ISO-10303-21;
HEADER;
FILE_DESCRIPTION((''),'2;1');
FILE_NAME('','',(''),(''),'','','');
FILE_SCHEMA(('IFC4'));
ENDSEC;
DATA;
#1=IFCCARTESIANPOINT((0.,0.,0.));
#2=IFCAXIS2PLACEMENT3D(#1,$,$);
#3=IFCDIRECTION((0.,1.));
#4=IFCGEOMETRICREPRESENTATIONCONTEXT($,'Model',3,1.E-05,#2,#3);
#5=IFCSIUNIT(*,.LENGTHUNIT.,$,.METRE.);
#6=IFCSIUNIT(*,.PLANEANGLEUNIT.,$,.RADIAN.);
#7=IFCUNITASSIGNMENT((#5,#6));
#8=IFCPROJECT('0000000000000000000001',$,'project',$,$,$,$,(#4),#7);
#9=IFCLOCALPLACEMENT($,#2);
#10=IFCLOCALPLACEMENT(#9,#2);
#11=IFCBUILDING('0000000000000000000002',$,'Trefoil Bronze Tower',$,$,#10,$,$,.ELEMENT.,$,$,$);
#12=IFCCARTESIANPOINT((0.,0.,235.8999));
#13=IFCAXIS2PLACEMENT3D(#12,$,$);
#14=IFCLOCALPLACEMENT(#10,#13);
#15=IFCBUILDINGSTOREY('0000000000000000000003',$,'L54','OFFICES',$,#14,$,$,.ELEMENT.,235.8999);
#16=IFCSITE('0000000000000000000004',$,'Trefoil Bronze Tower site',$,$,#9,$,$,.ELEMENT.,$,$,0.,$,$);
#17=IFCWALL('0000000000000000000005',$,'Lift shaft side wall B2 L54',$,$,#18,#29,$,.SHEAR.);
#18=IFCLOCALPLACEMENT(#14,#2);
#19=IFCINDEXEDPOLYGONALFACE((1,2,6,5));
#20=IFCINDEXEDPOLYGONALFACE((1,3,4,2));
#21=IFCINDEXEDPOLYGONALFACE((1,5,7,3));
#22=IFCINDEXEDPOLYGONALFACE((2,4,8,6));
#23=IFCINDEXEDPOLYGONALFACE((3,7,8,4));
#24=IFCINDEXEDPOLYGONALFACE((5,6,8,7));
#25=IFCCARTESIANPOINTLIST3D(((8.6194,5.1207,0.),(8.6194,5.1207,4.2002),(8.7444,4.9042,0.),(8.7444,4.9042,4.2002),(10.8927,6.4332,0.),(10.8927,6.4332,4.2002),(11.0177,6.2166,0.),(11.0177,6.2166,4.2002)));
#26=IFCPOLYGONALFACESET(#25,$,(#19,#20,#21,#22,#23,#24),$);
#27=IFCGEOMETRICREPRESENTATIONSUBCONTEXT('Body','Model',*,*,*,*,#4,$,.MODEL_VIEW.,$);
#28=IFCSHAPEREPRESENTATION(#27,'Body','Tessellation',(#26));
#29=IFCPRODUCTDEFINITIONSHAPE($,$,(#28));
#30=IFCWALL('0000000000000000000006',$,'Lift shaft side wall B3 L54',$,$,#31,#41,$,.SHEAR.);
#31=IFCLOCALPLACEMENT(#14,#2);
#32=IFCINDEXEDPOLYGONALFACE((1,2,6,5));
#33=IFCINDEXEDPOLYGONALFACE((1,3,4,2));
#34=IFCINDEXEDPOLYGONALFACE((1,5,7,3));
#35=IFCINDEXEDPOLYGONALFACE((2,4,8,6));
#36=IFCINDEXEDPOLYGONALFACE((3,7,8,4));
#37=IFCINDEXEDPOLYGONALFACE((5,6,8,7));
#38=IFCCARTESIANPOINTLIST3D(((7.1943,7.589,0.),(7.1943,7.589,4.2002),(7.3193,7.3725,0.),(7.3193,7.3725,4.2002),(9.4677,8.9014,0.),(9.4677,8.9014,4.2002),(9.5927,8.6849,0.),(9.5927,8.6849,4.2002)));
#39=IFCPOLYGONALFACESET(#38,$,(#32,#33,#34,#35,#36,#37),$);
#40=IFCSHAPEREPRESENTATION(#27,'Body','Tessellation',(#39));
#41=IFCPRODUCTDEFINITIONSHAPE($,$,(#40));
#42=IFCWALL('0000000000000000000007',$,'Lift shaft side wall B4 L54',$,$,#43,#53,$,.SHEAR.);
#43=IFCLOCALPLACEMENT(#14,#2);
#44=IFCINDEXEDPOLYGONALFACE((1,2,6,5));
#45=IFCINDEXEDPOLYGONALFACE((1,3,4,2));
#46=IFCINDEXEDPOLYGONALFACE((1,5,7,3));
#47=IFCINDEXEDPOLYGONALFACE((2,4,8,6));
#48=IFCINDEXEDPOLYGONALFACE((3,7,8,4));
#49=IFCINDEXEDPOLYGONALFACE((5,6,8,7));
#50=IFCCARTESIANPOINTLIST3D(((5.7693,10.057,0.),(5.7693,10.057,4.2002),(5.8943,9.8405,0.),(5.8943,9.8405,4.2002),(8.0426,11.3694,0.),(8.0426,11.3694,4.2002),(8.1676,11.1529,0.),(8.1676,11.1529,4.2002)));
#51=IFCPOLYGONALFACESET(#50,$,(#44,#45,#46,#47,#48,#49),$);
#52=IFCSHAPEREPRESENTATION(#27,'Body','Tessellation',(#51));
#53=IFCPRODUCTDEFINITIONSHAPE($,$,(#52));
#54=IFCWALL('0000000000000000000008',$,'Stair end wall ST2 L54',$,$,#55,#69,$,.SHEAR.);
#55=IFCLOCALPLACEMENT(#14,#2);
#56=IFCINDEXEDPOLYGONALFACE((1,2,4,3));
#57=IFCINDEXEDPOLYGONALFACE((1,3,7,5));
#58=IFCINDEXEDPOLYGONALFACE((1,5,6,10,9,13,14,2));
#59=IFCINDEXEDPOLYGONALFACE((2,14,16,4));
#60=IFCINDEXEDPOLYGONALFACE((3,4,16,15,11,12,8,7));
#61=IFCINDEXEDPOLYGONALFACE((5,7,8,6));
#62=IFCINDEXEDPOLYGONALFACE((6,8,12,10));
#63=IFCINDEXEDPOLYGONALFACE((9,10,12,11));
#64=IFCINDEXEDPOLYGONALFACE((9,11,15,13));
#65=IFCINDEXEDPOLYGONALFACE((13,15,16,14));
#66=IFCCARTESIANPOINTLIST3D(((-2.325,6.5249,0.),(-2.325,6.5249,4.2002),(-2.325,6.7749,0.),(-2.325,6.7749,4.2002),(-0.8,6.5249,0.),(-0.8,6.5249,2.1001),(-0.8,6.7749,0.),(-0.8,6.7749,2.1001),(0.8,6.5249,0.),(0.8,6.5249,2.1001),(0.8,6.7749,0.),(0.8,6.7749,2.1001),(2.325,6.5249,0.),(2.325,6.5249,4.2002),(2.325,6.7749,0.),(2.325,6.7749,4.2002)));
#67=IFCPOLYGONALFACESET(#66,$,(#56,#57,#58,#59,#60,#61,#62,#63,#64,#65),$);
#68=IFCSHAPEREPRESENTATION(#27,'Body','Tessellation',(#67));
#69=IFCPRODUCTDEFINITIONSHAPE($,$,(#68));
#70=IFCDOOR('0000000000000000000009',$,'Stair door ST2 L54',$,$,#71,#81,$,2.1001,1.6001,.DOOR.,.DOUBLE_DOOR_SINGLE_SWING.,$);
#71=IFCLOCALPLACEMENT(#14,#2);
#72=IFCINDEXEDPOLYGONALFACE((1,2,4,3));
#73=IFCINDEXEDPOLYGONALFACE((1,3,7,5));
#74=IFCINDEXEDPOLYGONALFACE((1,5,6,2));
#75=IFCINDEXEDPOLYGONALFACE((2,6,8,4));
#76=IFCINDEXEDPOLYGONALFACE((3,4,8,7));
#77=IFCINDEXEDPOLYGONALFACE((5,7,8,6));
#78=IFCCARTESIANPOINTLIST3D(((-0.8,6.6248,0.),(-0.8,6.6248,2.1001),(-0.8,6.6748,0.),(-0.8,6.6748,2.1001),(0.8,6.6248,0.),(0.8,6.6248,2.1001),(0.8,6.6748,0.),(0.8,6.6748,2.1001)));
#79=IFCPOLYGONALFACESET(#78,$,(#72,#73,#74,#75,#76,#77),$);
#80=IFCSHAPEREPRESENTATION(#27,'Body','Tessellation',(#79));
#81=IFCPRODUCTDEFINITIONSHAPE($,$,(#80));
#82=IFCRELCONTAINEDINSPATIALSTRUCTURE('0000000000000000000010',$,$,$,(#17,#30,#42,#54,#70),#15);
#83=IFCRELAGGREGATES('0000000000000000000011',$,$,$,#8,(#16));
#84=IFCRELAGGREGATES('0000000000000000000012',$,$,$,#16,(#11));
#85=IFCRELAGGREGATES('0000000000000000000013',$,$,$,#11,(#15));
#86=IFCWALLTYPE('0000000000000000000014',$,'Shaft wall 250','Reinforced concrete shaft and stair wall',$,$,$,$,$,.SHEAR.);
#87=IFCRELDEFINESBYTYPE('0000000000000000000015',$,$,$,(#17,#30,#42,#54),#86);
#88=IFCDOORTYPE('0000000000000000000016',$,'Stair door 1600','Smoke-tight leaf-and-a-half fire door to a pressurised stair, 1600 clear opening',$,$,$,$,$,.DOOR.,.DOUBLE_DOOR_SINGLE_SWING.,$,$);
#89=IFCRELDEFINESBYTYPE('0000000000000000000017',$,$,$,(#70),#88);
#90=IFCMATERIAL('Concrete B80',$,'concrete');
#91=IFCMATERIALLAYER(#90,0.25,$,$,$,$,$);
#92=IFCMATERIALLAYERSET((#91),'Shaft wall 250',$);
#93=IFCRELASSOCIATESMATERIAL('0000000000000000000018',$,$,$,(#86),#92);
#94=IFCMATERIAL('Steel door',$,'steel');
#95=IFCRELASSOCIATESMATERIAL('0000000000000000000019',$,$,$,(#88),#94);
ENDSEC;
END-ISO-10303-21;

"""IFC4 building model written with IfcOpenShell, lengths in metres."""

from ifc_helpers import new_model, si_unit, direction, frame, frame_2d, origin, place, context, subcontext, project, spatial, rectangle, extrude, material, layer, layer_set, type_object, element, fill, save


model = new_model("IFC4")

# Units and contexts
model_context = context("Model", 3, precision=1e-05, world=origin(), true_north=direction((0.0, 1.0)))
body_context = subcontext(model_context, "Body", "Model", "MODEL_VIEW")
ifc_project = project(units=[si_unit("LENGTHUNIT", "METRE"), si_unit("PLANEANGLEUNIT", "RADIAN")], contexts=[model_context])

# Site, building, storey
site_placement = place(None, origin())
site = spatial("IfcSite", under=ifc_project, at=site_placement, Name="Trefoil Bronze Tower site", CompositionType="ELEMENT", RefElevation=0.0)
building_placement = place(site_placement, origin())
building = spatial("IfcBuilding", under=site, at=building_placement, Name="Trefoil Bronze Tower", CompositionType="ELEMENT")
storey_placement = place(building_placement, frame((0.0, 0.0, 235.8999)))
storey = spatial("IfcBuildingStorey", under=building, at=storey_placement, Name="L54", Description="OFFICES", CompositionType="ELEMENT", Elevation=235.8999)

# Shared definitions
ifc_material_1 = material(Name="Concrete B80", Category="concrete")
ifc_layer_1 = layer(ifc_material_1, 0.25)
ifc_layer_set_1 = layer_set([ifc_layer_1], Name="Shaft wall 250")
wall_type_1 = type_object("IfcWallType", Name="Shaft wall 250", Description="Reinforced concrete shaft and stair wall", PredefinedType="SHEAR", material=ifc_layer_set_1)

# Walls
for number, where, z_axis, x_axis, name in (
    (1, (8.6819, 5.0125, 0.0), (0.0, 0.0, 1.0), (0.866037, 0.49998, 0.0), "Lift shaft side wall B2 L54"),
    (2, (7.2568, 7.4807, 0.0), (0.0, 0.0, 1.0), (0.866037, 0.49998, 0.0), "Lift shaft side wall B3 L54"),
    (3, (5.8318, 9.9487, 0.0), (0.0, 0.0, 1.0), (0.866037, 0.49998, 0.0), "Lift shaft side wall B4 L54"),
):
    element("IfcWall", number, at=place(storey_placement, frame(where, z_axis=z_axis, x_axis=x_axis)), inside=storey, type_object=wall_type_1, Name=name, PredefinedType="SHEAR", context=body_context, shape_type="SweptSolid", body=[
        extrude(rectangle(XDim=2.625, YDim=0.25, at=frame_2d((1.3125, 0.0))), origin(), (0.0, 0.0, 1.0), 4.2002),
    ])

# Wall, opening, door
wall_1_placement = place(storey_placement, frame((2.325, 6.6499, 0.0), z_axis=(0.0, 0.0, 1.0), x_axis=(-1.0, 0.0, 0.0)))
wall_1 = element("IfcWall", 4, at=wall_1_placement, inside=storey, type_object=wall_type_1, Name="Stair end wall ST2 L54", PredefinedType="SHEAR", context=body_context, shape_type="SweptSolid", body=[
    extrude(rectangle(XDim=4.6499, YDim=0.25, at=frame_2d((2.325, 0.0))), origin(), (0.0, 0.0, 1.0), 4.2002),
])
opening_1_placement = place(wall_1_placement, frame((1.5249, 0.0, 0.0)))
opening_1 = element("IfcOpeningElement", 5, at=opening_1_placement, cuts=wall_1, PredefinedType="OPENING", context=body_context, shape_type="SweptSolid", body=[
    extrude(rectangle(XDim=1.6001, YDim=2.1001, at=frame_2d((0.8, 1.05))), frame((0.0, 0.135, 0.0), z_axis=(0.0, -1.0, 0.0), x_axis=(1.0, 0.0, 0.0)), (0.0, 0.0, 1.0), 0.27),
])
ifc_material_2 = material(Name="Steel door", Category="steel")
door_type_1 = type_object("IfcDoorType", Name="Stair door 1600", Description="Smoke-tight leaf-and-a-half fire door to a pressurised stair, 1600 clear opening", OperationType="DOUBLE_DOOR_SINGLE_SWING", PredefinedType="DOOR", material=ifc_material_2)
door_1_placement = place(opening_1_placement, frame((1.6001, 0.0, 0.0), z_axis=(0.0, 0.0, 1.0), x_axis=(-1.0, 0.0, 0.0)))
door_1 = element("IfcDoor", 6, at=door_1_placement, inside=storey, type_object=door_type_1, Name="Stair door ST2 L54", OperationType="DOUBLE_DOOR_SINGLE_SWING", OverallHeight=2.1001, OverallWidth=1.6001, PredefinedType="DOOR", context=body_context, shape_type="SweptSolid", body=[
    extrude(rectangle(XDim=1.6001, YDim=2.1001, at=frame_2d((0.8, 1.05))), frame((0.0, 0.0249, 0.0), z_axis=(0.0, -1.0, 0.0), x_axis=(1.0, 0.0, 0.0)), (0.0, 0.0, 1.0), 0.05),
])
fill(opening_1, door_1)

save(model, "model.ifc")
